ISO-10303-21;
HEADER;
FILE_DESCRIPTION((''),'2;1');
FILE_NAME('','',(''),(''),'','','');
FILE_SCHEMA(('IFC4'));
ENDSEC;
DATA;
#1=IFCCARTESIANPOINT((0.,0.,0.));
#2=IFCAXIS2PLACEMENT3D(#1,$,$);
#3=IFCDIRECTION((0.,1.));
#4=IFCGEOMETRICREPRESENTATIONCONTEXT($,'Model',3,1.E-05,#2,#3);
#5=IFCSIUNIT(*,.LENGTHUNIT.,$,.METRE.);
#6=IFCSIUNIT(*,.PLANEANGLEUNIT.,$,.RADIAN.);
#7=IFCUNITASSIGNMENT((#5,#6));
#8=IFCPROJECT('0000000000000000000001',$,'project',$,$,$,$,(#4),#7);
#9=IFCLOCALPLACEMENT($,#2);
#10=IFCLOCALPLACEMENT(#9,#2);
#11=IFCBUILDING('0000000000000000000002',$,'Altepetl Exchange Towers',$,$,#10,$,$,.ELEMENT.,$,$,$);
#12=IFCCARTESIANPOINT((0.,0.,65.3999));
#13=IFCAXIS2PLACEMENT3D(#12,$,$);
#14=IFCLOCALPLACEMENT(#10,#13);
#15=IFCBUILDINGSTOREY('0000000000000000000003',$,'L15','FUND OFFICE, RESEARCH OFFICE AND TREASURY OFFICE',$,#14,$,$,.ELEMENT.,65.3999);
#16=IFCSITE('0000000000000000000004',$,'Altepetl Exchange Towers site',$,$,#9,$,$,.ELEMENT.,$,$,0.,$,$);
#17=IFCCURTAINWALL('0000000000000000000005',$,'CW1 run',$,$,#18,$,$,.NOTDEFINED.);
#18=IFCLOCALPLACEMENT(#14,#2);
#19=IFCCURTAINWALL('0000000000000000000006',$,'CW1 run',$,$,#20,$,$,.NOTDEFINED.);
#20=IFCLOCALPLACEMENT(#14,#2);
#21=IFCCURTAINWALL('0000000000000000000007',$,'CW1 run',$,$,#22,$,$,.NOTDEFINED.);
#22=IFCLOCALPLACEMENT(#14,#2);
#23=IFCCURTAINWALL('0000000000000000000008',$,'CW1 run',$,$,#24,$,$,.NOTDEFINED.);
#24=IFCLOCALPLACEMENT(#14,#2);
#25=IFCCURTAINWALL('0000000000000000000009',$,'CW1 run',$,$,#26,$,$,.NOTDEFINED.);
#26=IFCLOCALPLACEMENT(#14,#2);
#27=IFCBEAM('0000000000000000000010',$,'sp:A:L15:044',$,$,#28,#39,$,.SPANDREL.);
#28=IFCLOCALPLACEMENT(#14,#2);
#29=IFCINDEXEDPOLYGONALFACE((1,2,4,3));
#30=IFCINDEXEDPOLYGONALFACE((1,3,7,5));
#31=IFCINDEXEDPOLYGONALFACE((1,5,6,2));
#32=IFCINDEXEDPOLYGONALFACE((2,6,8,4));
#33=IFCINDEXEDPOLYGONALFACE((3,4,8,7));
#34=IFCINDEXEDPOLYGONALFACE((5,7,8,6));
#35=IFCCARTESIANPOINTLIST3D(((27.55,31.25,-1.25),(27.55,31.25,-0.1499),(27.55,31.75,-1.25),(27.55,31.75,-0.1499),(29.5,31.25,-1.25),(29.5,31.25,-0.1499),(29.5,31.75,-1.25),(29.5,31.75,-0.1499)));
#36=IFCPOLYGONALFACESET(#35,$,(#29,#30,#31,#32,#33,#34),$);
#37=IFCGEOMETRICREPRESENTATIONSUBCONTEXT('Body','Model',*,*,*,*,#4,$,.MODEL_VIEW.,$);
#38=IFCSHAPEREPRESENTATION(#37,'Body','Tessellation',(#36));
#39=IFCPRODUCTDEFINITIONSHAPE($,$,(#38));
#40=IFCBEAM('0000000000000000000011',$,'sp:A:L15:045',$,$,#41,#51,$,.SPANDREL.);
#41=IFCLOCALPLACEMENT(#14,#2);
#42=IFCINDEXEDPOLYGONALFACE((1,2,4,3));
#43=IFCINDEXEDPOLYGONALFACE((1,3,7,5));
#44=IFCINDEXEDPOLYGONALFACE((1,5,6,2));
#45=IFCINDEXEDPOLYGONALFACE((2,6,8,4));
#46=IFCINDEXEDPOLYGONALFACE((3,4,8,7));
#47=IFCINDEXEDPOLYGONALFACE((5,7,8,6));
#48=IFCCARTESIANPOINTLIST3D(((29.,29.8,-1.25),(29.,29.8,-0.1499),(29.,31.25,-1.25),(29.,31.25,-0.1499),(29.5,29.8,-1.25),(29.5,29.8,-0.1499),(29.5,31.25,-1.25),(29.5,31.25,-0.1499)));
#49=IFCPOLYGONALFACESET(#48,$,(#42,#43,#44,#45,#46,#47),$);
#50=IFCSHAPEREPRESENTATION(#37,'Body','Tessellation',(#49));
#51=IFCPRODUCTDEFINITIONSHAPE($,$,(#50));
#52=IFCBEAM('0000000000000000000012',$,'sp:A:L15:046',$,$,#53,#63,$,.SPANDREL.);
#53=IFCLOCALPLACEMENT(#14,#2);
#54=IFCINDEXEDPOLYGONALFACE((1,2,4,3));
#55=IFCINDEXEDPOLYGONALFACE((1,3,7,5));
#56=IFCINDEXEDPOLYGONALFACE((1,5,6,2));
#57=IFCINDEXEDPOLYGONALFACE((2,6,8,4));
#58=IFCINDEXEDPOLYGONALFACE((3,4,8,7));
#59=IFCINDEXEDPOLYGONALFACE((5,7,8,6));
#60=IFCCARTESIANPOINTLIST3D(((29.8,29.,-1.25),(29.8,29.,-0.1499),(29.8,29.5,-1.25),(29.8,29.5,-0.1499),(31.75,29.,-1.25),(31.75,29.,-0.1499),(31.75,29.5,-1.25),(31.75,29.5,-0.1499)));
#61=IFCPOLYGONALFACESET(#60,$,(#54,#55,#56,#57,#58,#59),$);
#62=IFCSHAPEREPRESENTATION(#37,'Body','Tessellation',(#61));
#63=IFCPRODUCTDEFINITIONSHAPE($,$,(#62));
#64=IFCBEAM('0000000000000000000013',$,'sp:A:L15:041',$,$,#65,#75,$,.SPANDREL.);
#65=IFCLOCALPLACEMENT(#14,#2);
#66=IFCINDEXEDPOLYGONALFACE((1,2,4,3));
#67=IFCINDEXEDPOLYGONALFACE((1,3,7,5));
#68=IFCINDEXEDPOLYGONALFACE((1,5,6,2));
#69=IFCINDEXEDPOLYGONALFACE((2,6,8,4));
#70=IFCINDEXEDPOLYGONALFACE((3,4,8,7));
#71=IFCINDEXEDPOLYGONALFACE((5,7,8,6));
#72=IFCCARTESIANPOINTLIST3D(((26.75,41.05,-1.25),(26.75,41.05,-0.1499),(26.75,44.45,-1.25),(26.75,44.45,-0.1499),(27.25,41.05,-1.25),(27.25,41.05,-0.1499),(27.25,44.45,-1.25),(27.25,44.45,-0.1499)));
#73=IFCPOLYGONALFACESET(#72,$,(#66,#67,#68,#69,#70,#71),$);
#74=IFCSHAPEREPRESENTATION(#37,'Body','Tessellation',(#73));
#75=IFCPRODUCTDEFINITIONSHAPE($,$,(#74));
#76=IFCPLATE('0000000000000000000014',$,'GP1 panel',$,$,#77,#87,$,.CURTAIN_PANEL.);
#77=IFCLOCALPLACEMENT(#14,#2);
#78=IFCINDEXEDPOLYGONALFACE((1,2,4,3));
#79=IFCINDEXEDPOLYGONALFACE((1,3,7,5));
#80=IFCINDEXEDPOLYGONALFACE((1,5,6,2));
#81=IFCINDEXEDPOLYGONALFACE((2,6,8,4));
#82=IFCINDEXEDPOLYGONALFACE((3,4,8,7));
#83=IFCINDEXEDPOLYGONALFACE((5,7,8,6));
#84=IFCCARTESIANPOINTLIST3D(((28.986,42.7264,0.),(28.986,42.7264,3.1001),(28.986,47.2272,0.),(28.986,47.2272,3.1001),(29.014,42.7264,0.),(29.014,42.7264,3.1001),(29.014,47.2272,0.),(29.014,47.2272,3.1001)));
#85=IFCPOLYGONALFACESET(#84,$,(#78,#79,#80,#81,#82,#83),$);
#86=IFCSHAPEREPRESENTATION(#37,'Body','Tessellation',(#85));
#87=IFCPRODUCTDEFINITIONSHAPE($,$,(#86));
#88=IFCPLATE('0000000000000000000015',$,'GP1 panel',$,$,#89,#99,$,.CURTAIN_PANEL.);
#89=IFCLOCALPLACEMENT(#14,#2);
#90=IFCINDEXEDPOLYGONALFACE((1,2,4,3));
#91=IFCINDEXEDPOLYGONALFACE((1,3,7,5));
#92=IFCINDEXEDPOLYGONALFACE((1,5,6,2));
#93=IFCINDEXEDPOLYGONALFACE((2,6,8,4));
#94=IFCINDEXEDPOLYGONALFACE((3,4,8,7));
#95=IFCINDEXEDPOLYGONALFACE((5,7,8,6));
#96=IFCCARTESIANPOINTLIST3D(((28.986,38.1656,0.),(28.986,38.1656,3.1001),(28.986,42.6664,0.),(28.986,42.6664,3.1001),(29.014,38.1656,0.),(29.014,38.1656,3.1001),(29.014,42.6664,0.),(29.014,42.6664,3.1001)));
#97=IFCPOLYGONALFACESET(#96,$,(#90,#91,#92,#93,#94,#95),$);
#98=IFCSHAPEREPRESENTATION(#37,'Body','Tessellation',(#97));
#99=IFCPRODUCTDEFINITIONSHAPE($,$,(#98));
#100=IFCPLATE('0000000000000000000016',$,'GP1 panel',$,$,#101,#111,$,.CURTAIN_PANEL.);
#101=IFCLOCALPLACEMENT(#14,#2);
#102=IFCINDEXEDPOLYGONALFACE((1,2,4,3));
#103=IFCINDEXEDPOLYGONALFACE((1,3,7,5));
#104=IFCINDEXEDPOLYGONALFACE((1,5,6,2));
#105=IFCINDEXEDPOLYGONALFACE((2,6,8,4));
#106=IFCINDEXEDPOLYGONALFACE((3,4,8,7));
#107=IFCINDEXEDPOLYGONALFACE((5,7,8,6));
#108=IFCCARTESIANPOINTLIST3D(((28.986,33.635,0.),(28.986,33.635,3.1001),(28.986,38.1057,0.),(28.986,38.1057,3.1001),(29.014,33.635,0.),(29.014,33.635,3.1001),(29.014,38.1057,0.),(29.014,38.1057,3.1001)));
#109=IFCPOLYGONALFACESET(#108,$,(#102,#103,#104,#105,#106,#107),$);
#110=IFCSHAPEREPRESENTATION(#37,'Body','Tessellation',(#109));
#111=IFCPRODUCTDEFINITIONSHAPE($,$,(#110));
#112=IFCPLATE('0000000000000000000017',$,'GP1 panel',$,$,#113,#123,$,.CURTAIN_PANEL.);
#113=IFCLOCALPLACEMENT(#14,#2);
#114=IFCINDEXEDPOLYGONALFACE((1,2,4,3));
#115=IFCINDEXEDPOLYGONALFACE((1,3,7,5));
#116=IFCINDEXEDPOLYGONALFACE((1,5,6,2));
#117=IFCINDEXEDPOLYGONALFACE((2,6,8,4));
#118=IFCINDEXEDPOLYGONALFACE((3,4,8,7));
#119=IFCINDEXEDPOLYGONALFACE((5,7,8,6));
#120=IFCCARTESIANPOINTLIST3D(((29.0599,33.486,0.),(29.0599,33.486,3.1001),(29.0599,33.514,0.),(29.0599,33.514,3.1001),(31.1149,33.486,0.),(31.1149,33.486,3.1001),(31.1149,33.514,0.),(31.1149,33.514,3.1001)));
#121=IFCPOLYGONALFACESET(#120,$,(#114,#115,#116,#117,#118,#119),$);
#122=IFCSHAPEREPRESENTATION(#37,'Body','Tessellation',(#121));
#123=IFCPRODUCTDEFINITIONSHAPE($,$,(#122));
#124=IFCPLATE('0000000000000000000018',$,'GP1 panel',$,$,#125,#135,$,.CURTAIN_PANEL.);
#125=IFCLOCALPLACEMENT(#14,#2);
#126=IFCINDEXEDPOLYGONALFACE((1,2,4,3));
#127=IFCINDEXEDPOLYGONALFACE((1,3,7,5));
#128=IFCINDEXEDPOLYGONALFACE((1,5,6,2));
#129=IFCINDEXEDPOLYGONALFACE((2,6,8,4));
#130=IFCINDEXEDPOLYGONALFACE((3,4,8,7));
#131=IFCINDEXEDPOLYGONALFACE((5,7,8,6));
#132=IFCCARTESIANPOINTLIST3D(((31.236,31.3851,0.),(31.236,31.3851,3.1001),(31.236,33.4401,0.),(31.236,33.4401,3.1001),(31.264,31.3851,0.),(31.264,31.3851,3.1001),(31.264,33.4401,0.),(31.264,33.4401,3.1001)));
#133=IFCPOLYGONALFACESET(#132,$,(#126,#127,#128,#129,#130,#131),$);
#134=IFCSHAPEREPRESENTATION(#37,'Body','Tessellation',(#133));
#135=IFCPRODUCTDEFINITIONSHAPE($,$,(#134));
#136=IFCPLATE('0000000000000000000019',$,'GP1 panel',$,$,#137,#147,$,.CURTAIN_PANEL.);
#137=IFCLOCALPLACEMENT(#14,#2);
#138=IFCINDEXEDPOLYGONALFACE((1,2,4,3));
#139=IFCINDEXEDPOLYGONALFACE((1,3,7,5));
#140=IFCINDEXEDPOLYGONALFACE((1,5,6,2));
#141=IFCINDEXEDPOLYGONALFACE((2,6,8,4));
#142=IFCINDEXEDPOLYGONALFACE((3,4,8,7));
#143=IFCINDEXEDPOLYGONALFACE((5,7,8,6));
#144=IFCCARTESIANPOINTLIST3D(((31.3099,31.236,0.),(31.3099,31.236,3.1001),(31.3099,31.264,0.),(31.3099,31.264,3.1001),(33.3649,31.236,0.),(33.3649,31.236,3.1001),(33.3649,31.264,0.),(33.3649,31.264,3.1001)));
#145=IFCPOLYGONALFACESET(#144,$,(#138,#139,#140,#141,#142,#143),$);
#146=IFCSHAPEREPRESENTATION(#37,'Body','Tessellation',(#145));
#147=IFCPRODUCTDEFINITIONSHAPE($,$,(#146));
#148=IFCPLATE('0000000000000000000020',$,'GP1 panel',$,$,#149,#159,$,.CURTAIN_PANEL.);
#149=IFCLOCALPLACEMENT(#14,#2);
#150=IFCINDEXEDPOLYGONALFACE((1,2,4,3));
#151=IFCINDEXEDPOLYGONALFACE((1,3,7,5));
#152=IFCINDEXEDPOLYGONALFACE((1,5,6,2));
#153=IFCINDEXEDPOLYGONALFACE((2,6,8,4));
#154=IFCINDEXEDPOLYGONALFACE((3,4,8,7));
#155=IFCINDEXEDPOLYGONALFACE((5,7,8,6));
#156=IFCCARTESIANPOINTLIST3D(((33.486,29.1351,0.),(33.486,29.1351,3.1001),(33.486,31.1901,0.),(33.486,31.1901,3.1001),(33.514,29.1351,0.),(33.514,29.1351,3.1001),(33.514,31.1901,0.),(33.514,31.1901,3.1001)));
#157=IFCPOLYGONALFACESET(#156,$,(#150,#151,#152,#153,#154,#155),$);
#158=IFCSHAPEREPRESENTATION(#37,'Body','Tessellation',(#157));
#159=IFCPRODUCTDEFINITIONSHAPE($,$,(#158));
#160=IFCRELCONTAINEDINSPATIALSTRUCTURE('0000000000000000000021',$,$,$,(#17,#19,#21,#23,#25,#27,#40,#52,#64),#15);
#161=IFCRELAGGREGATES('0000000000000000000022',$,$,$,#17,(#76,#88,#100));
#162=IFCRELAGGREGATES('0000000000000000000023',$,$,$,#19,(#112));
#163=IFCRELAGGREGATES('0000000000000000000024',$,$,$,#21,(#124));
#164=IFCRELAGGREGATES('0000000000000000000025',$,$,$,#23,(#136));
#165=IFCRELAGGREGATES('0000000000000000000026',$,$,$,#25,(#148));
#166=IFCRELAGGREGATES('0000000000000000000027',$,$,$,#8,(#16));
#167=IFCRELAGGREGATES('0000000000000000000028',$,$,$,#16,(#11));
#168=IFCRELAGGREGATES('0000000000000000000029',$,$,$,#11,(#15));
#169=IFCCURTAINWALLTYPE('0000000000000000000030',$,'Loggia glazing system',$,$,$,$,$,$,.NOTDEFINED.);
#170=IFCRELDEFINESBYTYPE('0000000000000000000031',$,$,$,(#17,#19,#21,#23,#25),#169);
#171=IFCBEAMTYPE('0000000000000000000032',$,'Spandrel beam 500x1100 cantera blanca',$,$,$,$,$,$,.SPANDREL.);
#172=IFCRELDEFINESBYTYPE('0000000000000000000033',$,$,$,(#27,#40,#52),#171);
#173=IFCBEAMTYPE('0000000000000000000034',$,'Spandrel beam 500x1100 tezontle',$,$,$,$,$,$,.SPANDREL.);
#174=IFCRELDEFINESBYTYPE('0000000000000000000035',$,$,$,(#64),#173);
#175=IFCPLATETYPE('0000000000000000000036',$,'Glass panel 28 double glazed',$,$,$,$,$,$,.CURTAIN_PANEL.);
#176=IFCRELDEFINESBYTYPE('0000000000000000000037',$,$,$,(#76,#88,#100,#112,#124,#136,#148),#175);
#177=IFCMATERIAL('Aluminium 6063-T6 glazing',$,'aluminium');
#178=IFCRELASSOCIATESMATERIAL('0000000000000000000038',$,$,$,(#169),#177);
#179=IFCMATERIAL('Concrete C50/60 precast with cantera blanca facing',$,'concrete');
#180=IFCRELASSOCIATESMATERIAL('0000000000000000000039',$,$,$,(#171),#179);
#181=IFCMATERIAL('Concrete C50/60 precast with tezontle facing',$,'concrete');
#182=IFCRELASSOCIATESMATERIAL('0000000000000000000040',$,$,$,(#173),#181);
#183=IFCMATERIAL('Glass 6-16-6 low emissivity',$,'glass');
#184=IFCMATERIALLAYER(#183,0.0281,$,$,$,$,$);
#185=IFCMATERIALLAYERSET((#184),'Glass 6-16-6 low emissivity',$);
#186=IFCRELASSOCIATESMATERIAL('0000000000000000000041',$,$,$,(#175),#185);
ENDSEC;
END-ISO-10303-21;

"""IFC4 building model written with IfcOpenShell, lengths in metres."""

from ifc_helpers import new_model, si_unit, direction, frame, origin, origin_2d, place, context, subcontext, project, spatial, rectangle, extrude, material, layer, layer_set, material_profile, profile_set, type_object, element, aggregate, save


model = new_model("IFC4")

# Units and contexts
model_context = context("Model", 3, precision=1e-05, world=origin(), true_north=direction((0.0, 1.0)))
body_context = subcontext(model_context, "Body", "Model", "MODEL_VIEW")
ifc_project = project(units=[si_unit("LENGTHUNIT", "METRE"), si_unit("PLANEANGLEUNIT", "RADIAN")], contexts=[model_context])

# Site, building, storey
site_placement = place(None, origin())
site = spatial("IfcSite", under=ifc_project, at=site_placement, Name="Altepetl Exchange Towers site", CompositionType="ELEMENT", RefElevation=0.0)
building_placement = place(site_placement, origin())
building = spatial("IfcBuilding", under=site, at=building_placement, Name="Altepetl Exchange Towers", CompositionType="ELEMENT")
storey_placement = place(building_placement, frame((0.0, 0.0, 65.3999)))
storey = spatial("IfcBuildingStorey", under=building, at=storey_placement, Name="L15", Description="FUND OFFICE, RESEARCH OFFICE AND TREASURY OFFICE", CompositionType="ELEMENT", Elevation=65.3999)

# Curtain walls
ifc_material_1 = material(Name="Aluminium 6063-T6 glazing", Category="aluminium")
curtain_wall_type = type_object("IfcCurtainWallType", Name="Loggia glazing system", PredefinedType="NOTDEFINED", material=ifc_material_1)
curtain_wall_1_placement = place(storey_placement, origin())
curtain_wall_1 = element("IfcCurtainWall", 1, at=curtain_wall_1_placement, inside=storey, type_object=curtain_wall_type, Name="CW1 run", PredefinedType="NOTDEFINED")
curtain_wall_2_placement = place(storey_placement, origin())
curtain_wall_2 = element("IfcCurtainWall", 2, at=curtain_wall_2_placement, inside=storey, type_object=curtain_wall_type, Name="CW1 run", PredefinedType="NOTDEFINED")
curtain_wall_3_placement = place(storey_placement, origin())
curtain_wall_3 = element("IfcCurtainWall", 3, at=curtain_wall_3_placement, inside=storey, type_object=curtain_wall_type, Name="CW1 run", PredefinedType="NOTDEFINED")
curtain_wall_4_placement = place(storey_placement, origin())
curtain_wall_4 = element("IfcCurtainWall", 4, at=curtain_wall_4_placement, inside=storey, type_object=curtain_wall_type, Name="CW1 run", PredefinedType="NOTDEFINED")

# Curtain wall
curtain_wall_5_placement = place(storey_placement, origin())
curtain_wall_5 = element("IfcCurtainWall", 5, at=curtain_wall_5_placement, inside=storey, type_object=curtain_wall_type, Name="CW1 run", PredefinedType="NOTDEFINED")

# Beams
ifc_material_2 = material(Name="Concrete C50/60 precast with cantera blanca facing", Category="concrete")
ifc_material_profile_1 = material_profile(ifc_material_2, rectangle(XDim=0.5, YDim=1.1001, at=origin_2d()), Name="500 x 1100")
ifc_profile_set_1 = profile_set([ifc_material_profile_1], Name="Concrete C50/60 precast with cantera blanca facing")
beam_type_1 = type_object("IfcBeamType", Name="Spandrel beam 500x1100 cantera blanca", PredefinedType="SPANDREL", material=ifc_profile_set_1)
beam_1_placement = place(storey_placement, frame((27.55, 31.5, -0.7), z_axis=(1.0, 0.0, 0.0), x_axis=(0.0, 1.0, 0.0)))
element("IfcBeam", 6, at=beam_1_placement, inside=storey, type_object=beam_type_1, Name="sp:A:L15:044", PredefinedType="SPANDREL", context=body_context, shape_type="SweptSolid", body=[
    extrude(rectangle(XDim=0.5, YDim=1.1001, at=origin_2d()), origin(), (0.0, 0.0, 1.0), 1.95),
])
beam_2_placement = place(storey_placement, frame((29.25, 31.25, -0.7), z_axis=(0.0, -1.0, 0.0), x_axis=(1.0, 0.0, 0.0)))
element("IfcBeam", 7, at=beam_2_placement, inside=storey, type_object=beam_type_1, Name="sp:A:L15:045", PredefinedType="SPANDREL", context=body_context, shape_type="SweptSolid", body=[
    extrude(rectangle(XDim=0.5, YDim=1.1001, at=origin_2d()), origin(), (0.0, 0.0, 1.0), 1.45),
])
beam_3_placement = place(storey_placement, frame((29.8, 29.25, -0.7), z_axis=(1.0, 0.0, 0.0), x_axis=(0.0, 1.0, 0.0)))
element("IfcBeam", 8, at=beam_3_placement, inside=storey, type_object=beam_type_1, Name="sp:A:L15:046", PredefinedType="SPANDREL", context=body_context, shape_type="SweptSolid", body=[
    extrude(rectangle(XDim=0.5, YDim=1.1001, at=origin_2d()), origin(), (0.0, 0.0, 1.0), 1.95),
])
ifc_material_3 = material(Name="Concrete C50/60 precast with tezontle facing", Category="concrete")
ifc_material_profile_2 = material_profile(ifc_material_3, rectangle(XDim=0.5, YDim=1.1001, at=origin_2d()), Name="500 x 1100")
ifc_profile_set_2 = profile_set([ifc_material_profile_2], Name="Concrete C50/60 precast with tezontle facing")
beam_type_2 = type_object("IfcBeamType", Name="Spandrel beam 500x1100 tezontle", PredefinedType="SPANDREL", material=ifc_profile_set_2)
beam_4_placement = place(storey_placement, frame((27.0, 44.45, -0.7), z_axis=(0.0, -1.0, 0.0), x_axis=(1.0, 0.0, 0.0)))
element("IfcBeam", 9, at=beam_4_placement, inside=storey, type_object=beam_type_2, Name="sp:A:L15:041", PredefinedType="SPANDREL", context=body_context, shape_type="SweptSolid", body=[
    extrude(rectangle(XDim=0.5, YDim=1.1001, at=origin_2d()), origin(), (0.0, 0.0, 1.0), 3.3999),
])

# Plates
ifc_material_4 = material(Name="Glass 6-16-6 low emissivity", Category="glass")
ifc_layer = layer(ifc_material_4, 0.0281)
ifc_layer_set = layer_set([ifc_layer], Name="Glass 6-16-6 low emissivity")
plate_type = type_object("IfcPlateType", Name="Glass panel 28 double glazed", PredefinedType="CURTAIN_PANEL", material=ifc_layer_set)
plate_1_placement = place(storey_placement, frame((29.0, 44.9768, 0.0), z_axis=(0.0, 0.0, 1.0), x_axis=(0.0, -1.0, 0.0)))
plate_1 = element("IfcPlate", 10, at=plate_1_placement, type_object=plate_type, Name="GP1 panel", PredefinedType="CURTAIN_PANEL", context=body_context, shape_type="SweptSolid", body=[
    extrude(rectangle(XDim=4.5007, YDim=0.0281, at=origin_2d()), origin(), (0.0, 0.0, 1.0), 3.1001),
])
plate_2_placement = place(storey_placement, frame((29.0, 40.416, 0.0), z_axis=(0.0, 0.0, 1.0), x_axis=(0.0, -1.0, 0.0)))
plate_2 = element("IfcPlate", 11, at=plate_2_placement, type_object=plate_type, Name="GP1 panel", PredefinedType="CURTAIN_PANEL", context=body_context, shape_type="SweptSolid", body=[
    extrude(rectangle(XDim=4.5007, YDim=0.0281, at=origin_2d()), origin(), (0.0, 0.0, 1.0), 3.1001),
])
plate_3_placement = place(storey_placement, frame((29.0, 35.8704, 0.0), z_axis=(0.0, 0.0, 1.0), x_axis=(0.0, -1.0, 0.0)))
plate_3 = element("IfcPlate", 12, at=plate_3_placement, type_object=plate_type, Name="GP1 panel", PredefinedType="CURTAIN_PANEL", context=body_context, shape_type="SweptSolid", body=[
    extrude(rectangle(XDim=4.4707, YDim=0.0281, at=origin_2d()), origin(), (0.0, 0.0, 1.0), 3.1001),
])
aggregate(curtain_wall_1, [plate_1, plate_2, plate_3])
plate_4_placement = place(storey_placement, frame((30.0874, 33.5, 0.0)))
plate_4 = element("IfcPlate", 13, at=plate_4_placement, type_object=plate_type, Name="GP1 panel", PredefinedType="CURTAIN_PANEL", context=body_context, shape_type="SweptSolid", body=[
    extrude(rectangle(XDim=2.0549, YDim=0.0281, at=origin_2d()), origin(), (0.0, 0.0, 1.0), 3.1001),
])
aggregate(curtain_wall_2, [plate_4])
plate_5_placement = place(storey_placement, frame((31.25, 32.4126, 0.0), z_axis=(0.0, 0.0, 1.0), x_axis=(0.0, -1.0, 0.0)))
plate_5 = element("IfcPlate", 14, at=plate_5_placement, type_object=plate_type, Name="GP1 panel", PredefinedType="CURTAIN_PANEL", context=body_context, shape_type="SweptSolid", body=[
    extrude(rectangle(XDim=2.0549, YDim=0.0281, at=origin_2d()), origin(), (0.0, 0.0, 1.0), 3.1001),
])
aggregate(curtain_wall_3, [plate_5])
plate_6_placement = place(storey_placement, frame((32.3374, 31.25, 0.0)))
plate_6 = element("IfcPlate", 15, at=plate_6_placement, type_object=plate_type, Name="GP1 panel", PredefinedType="CURTAIN_PANEL", context=body_context, shape_type="SweptSolid", body=[
    extrude(rectangle(XDim=2.0549, YDim=0.0281, at=origin_2d()), origin(), (0.0, 0.0, 1.0), 3.1001),
])
aggregate(curtain_wall_4, [plate_6])
plate_7_placement = place(storey_placement, frame((33.5, 30.1626, 0.0), z_axis=(0.0, 0.0, 1.0), x_axis=(0.0, -1.0, 0.0)))
plate_7 = element("IfcPlate", 16, at=plate_7_placement, type_object=plate_type, Name="GP1 panel", PredefinedType="CURTAIN_PANEL", context=body_context, shape_type="SweptSolid", body=[
    extrude(rectangle(XDim=2.0549, YDim=0.0281, at=origin_2d()), origin(), (0.0, 0.0, 1.0), 3.1001),
])
aggregate(curtain_wall_5, [plate_7])

save(model, "model.ifc")
